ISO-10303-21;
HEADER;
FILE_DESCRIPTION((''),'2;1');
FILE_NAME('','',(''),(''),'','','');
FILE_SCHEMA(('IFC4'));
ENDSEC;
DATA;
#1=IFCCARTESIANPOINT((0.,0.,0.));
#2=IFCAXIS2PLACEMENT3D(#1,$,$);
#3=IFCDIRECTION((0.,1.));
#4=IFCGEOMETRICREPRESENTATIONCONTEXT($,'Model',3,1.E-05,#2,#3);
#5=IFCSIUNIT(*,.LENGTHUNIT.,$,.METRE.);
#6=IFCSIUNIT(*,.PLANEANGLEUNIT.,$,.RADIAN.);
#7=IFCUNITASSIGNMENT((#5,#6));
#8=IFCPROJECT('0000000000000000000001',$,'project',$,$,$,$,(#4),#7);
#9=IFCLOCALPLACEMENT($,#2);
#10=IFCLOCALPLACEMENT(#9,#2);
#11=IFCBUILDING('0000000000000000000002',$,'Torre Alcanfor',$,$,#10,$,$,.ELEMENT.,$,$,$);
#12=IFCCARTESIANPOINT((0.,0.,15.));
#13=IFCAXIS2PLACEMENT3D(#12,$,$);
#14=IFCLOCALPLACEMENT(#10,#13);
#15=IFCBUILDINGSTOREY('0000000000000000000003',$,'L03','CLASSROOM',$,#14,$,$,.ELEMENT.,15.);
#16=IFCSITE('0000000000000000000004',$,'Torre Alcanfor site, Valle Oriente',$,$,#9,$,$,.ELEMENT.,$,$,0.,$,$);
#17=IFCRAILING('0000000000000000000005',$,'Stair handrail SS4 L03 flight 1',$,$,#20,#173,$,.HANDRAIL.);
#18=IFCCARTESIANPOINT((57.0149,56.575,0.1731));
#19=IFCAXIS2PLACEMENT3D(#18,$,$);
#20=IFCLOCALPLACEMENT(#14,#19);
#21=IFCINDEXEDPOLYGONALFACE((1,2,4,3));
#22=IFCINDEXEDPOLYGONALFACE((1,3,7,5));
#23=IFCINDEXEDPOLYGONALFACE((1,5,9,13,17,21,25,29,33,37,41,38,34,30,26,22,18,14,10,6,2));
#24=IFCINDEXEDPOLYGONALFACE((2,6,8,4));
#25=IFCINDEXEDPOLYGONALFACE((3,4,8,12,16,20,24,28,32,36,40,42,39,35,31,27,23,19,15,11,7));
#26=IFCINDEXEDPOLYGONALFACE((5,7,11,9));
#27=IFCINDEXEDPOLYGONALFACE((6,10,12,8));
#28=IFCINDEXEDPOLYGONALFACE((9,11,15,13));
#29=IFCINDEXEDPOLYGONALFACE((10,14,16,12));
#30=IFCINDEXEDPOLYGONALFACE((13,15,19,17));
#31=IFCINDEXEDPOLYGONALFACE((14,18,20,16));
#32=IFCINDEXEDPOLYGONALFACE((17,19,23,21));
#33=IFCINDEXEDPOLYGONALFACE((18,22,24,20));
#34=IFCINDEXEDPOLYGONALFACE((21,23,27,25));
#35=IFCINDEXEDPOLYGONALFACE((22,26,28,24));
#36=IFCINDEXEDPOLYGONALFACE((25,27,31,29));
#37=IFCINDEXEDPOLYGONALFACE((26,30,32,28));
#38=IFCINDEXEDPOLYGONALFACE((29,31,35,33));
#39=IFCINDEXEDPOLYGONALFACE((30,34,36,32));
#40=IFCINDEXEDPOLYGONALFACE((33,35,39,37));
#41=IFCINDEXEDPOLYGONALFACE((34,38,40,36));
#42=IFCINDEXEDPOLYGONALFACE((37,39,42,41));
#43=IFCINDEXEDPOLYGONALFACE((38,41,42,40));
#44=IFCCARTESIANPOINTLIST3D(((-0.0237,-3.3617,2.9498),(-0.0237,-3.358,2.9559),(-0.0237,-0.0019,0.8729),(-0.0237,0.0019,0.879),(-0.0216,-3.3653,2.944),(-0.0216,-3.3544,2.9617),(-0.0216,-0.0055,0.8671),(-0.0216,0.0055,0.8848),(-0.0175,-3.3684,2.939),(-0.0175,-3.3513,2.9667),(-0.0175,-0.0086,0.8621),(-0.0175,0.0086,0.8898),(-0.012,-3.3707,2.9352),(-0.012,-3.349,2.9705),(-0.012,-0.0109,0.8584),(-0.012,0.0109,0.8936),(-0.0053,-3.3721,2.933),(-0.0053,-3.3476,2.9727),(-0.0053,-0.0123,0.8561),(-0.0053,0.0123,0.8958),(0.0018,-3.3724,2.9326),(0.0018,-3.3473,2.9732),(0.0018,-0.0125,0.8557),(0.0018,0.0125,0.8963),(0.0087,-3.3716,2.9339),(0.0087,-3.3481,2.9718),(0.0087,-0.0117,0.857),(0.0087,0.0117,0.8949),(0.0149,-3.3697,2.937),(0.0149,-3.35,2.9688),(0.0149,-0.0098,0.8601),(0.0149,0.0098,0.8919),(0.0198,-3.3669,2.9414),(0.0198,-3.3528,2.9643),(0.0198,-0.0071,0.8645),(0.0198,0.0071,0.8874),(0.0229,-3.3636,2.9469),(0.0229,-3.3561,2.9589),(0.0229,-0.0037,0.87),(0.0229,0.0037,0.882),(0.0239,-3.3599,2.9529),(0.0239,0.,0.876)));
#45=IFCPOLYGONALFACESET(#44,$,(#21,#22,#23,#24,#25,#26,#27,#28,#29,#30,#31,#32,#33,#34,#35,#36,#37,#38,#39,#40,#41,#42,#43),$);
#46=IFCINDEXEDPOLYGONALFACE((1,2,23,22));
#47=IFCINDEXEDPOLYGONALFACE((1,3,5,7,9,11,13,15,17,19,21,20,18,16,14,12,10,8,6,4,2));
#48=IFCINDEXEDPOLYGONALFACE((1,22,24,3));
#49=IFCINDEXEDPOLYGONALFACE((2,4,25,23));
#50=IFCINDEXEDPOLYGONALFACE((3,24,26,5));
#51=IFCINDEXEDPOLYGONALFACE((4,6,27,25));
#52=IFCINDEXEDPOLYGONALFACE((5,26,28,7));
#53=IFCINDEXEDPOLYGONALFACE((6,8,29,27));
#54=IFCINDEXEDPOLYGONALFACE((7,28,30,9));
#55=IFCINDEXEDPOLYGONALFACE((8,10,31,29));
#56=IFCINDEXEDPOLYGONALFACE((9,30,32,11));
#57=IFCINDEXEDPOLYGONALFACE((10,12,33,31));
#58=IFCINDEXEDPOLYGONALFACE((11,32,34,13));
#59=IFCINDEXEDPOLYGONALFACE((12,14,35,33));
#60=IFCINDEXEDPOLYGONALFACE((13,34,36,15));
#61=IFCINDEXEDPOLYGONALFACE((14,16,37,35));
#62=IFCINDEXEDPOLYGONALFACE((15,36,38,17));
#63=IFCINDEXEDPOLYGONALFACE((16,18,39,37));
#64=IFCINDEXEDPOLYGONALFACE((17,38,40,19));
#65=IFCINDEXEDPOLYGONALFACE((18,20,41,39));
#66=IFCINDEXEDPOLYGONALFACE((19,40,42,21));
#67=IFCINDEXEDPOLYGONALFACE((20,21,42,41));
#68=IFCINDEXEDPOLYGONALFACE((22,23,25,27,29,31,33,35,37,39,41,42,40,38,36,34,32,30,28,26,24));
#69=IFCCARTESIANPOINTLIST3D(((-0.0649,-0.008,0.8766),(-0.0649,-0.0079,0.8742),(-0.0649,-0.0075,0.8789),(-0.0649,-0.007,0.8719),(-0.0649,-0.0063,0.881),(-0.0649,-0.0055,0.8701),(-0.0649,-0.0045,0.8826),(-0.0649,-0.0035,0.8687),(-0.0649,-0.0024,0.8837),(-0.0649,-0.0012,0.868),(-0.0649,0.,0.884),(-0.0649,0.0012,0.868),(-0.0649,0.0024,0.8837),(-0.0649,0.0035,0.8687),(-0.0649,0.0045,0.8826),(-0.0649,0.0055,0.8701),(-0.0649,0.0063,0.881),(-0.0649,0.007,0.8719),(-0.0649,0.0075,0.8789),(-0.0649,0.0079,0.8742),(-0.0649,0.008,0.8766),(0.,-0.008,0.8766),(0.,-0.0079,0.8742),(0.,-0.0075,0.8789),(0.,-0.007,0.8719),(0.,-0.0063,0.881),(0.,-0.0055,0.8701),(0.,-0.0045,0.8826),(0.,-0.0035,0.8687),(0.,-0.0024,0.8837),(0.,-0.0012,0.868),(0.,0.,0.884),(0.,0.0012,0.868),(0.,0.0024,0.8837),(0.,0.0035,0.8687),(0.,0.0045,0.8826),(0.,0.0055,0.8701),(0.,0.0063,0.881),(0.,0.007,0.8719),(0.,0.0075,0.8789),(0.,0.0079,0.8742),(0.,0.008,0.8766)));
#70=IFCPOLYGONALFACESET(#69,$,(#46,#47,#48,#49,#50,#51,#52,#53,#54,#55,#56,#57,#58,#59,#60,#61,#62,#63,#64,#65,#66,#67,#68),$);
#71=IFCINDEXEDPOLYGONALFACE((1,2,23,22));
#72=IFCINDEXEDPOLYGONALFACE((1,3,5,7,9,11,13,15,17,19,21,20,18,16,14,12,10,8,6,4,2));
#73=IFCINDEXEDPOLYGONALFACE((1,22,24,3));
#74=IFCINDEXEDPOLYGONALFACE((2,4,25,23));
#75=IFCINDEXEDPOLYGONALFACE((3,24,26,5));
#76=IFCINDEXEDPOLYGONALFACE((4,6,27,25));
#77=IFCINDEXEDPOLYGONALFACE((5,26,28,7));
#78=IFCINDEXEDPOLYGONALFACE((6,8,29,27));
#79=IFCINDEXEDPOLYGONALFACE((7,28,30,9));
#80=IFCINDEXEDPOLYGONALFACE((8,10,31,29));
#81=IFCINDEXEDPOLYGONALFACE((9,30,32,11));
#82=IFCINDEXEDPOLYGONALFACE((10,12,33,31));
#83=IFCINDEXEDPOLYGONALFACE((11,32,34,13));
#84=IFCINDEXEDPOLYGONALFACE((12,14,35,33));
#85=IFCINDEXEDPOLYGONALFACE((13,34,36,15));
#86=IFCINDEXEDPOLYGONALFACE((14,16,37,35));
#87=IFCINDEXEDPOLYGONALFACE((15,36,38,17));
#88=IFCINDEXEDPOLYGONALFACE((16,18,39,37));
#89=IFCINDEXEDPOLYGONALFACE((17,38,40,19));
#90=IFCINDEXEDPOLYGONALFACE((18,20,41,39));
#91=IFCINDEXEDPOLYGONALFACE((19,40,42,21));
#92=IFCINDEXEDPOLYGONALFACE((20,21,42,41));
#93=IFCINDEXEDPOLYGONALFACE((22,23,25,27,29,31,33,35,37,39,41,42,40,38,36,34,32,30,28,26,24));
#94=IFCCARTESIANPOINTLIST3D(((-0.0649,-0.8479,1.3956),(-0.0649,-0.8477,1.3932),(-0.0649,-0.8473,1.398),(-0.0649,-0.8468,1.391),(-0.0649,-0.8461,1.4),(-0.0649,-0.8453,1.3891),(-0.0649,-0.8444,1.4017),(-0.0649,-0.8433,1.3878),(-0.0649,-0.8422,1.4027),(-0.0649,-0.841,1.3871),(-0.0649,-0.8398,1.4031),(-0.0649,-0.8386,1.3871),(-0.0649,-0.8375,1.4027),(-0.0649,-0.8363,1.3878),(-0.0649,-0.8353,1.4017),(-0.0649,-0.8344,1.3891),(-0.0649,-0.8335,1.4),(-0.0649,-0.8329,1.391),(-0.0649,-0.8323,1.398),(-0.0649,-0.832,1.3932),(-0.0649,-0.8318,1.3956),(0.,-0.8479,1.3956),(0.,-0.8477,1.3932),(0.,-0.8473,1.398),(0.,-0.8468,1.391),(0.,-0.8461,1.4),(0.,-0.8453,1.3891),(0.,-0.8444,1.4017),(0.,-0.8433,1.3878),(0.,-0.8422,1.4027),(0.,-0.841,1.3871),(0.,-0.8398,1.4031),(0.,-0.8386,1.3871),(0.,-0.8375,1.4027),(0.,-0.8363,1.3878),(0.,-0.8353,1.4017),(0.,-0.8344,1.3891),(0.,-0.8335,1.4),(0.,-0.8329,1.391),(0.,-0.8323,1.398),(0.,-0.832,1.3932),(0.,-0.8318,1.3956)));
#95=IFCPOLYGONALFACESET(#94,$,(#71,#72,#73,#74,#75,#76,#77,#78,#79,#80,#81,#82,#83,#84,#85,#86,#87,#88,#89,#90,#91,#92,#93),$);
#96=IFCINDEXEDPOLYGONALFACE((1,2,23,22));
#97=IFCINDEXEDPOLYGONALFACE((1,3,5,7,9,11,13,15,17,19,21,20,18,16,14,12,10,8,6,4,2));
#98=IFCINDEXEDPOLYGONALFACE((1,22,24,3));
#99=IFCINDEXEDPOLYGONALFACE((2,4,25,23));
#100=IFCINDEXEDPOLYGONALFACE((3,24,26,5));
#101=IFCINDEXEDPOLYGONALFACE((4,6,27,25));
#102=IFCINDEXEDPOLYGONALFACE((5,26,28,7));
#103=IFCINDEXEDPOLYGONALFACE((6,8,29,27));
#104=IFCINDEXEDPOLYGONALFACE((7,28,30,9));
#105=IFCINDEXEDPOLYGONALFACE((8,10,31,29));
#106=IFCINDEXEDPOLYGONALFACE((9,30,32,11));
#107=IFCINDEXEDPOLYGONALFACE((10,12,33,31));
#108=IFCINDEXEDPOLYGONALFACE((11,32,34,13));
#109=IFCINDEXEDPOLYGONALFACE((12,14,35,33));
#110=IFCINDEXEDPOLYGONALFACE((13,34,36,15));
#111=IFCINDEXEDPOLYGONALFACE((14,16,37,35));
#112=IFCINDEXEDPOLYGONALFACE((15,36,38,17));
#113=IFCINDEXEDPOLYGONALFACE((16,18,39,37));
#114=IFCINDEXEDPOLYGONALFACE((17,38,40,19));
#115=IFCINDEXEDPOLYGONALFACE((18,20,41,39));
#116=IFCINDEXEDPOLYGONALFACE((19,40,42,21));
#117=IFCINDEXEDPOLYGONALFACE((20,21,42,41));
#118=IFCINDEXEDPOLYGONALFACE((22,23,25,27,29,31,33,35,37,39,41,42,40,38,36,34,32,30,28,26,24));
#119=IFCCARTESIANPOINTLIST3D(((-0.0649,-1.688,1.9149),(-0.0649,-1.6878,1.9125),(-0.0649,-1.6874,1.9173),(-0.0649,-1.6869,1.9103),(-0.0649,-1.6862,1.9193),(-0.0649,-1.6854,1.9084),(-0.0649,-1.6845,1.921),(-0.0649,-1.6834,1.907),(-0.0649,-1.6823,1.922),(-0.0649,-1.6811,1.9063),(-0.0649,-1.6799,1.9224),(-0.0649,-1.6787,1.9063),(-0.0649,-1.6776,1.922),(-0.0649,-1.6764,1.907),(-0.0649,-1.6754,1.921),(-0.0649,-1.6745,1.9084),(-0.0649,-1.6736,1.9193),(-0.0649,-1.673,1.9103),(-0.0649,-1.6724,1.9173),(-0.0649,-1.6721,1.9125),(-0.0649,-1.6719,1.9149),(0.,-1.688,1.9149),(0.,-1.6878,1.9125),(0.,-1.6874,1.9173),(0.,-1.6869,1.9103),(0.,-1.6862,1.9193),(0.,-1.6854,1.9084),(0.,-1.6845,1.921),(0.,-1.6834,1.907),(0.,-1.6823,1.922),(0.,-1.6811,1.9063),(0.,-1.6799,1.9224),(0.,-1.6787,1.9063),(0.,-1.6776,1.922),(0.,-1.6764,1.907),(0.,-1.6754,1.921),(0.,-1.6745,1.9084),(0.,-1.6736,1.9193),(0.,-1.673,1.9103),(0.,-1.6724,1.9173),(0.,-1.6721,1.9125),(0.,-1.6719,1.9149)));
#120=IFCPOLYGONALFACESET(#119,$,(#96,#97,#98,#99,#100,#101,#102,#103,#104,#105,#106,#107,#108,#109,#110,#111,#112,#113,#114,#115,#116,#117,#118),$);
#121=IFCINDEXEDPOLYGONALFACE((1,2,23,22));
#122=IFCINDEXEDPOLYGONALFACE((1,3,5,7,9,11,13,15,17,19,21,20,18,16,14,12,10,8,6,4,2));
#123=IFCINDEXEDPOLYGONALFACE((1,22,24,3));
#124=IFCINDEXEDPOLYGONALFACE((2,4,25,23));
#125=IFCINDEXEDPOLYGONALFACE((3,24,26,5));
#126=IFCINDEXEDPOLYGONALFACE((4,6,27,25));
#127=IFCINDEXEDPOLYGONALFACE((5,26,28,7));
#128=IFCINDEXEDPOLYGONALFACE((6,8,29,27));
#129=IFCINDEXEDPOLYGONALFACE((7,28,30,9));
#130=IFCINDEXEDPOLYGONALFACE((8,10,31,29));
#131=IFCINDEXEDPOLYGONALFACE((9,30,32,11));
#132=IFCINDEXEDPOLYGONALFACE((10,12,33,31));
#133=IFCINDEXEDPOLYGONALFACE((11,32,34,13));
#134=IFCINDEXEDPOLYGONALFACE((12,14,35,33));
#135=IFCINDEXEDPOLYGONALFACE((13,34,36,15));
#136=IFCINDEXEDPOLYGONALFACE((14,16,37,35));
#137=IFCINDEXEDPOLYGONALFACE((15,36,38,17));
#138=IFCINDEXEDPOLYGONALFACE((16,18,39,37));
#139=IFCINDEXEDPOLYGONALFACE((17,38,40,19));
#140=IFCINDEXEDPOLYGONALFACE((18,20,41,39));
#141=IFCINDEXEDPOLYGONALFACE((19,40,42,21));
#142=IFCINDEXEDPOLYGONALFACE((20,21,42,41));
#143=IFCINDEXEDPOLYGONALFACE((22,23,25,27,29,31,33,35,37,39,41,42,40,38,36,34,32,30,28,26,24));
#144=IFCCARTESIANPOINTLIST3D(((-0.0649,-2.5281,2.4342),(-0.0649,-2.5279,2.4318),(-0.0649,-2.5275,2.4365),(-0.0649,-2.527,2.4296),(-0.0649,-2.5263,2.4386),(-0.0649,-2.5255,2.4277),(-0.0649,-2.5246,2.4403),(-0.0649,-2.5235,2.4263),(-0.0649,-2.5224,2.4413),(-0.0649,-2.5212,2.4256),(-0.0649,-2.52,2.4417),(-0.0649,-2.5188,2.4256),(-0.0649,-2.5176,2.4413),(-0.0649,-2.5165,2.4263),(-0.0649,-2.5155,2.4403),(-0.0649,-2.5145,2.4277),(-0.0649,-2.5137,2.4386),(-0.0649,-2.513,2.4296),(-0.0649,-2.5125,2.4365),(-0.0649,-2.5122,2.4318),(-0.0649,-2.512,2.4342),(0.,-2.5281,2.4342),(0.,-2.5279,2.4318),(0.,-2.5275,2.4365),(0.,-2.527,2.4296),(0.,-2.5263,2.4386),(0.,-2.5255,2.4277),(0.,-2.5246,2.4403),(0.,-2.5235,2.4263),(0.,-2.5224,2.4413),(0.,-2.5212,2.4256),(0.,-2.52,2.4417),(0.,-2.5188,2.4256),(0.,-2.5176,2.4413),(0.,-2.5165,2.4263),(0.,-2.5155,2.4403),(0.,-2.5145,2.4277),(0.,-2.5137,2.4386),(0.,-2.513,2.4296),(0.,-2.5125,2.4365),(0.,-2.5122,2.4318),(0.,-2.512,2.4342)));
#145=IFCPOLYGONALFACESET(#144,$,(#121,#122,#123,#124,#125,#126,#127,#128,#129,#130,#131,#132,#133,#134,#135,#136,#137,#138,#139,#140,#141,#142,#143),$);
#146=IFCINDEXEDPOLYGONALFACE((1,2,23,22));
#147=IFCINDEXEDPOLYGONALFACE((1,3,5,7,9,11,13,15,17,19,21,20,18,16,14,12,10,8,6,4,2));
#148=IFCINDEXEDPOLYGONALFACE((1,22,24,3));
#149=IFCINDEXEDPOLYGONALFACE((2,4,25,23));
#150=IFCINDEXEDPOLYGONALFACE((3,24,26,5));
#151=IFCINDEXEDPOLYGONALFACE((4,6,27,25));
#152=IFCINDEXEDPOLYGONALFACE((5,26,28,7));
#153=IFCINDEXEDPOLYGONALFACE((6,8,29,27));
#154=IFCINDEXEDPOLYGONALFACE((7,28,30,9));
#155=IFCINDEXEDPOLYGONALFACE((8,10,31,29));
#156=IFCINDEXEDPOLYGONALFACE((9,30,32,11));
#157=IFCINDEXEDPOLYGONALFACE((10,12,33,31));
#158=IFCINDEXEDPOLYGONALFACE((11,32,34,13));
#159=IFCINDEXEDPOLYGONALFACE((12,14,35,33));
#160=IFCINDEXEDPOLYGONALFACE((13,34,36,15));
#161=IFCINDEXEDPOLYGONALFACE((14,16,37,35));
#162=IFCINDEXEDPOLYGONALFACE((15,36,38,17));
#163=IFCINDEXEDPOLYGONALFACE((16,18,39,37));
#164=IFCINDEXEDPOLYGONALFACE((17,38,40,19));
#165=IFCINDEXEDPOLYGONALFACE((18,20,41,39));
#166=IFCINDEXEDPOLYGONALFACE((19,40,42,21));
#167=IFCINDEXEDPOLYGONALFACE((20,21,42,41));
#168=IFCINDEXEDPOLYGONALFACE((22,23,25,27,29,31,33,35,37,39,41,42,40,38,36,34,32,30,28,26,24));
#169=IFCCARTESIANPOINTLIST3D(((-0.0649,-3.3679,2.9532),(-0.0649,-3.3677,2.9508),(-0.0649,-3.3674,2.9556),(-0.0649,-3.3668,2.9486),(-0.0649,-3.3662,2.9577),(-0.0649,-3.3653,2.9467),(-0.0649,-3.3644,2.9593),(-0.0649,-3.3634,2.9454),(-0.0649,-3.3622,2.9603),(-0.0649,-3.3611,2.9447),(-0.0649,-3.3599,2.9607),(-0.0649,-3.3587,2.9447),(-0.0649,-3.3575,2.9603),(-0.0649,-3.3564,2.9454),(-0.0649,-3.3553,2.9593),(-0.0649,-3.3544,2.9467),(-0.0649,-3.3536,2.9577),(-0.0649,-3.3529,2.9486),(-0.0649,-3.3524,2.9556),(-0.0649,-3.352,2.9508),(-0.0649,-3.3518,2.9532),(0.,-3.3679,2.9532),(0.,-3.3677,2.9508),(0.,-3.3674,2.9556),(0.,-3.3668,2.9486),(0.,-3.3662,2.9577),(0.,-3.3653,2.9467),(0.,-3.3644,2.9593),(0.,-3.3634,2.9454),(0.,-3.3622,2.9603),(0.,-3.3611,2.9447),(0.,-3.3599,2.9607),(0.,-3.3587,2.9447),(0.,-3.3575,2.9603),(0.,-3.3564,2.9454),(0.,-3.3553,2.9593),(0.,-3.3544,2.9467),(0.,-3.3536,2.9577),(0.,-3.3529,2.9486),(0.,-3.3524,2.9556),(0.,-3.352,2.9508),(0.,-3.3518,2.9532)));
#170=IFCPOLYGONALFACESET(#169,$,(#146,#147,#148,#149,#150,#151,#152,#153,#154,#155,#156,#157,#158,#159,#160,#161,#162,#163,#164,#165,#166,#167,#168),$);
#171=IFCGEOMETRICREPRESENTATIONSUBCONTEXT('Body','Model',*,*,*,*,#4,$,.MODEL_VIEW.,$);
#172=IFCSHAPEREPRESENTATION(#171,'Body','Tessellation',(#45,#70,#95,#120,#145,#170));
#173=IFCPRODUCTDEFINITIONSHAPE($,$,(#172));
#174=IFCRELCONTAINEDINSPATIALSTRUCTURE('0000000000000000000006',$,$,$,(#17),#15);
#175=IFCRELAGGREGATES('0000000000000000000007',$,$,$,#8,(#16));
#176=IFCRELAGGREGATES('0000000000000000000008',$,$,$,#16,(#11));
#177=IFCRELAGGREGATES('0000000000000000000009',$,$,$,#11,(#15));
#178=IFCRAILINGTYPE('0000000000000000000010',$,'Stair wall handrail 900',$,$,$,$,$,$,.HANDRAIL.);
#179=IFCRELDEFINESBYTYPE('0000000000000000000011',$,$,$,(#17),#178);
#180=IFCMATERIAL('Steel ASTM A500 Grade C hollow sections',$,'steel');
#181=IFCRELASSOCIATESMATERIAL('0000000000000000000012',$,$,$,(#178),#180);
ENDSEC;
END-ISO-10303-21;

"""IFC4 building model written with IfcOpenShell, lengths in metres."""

from ifc_helpers import new_model, si_unit, direction, frame, origin, origin_2d, place, context, subcontext, project, spatial, circle, extrude, material, type_object, element, save


model = new_model("IFC4")

# Units and contexts
model_context = context("Model", 3, precision=1e-05, world=origin(), true_north=direction((0.0, 1.0)))
body_context = subcontext(model_context, "Body", "Model", "MODEL_VIEW")
ifc_project = project(units=[si_unit("LENGTHUNIT", "METRE"), si_unit("PLANEANGLEUNIT", "RADIAN")], contexts=[model_context])

# Site, building, storey
site_placement = place(None, origin())
site = spatial("IfcSite", under=ifc_project, at=site_placement, Name="Torre Alcanfor site, Valle Oriente", CompositionType="ELEMENT", RefElevation=0.0)
building_placement = place(site_placement, origin())
building = spatial("IfcBuilding", under=site, at=building_placement, Name="Torre Alcanfor", CompositionType="ELEMENT")
storey_placement = place(building_placement, frame((0.0, 0.0, 15.0)))
storey = spatial("IfcBuildingStorey", under=building, at=storey_placement, Name="L03", Description="CLASSROOM", CompositionType="ELEMENT", Elevation=15.0)

# Railing
ifc_material_1 = material(Name="Steel ASTM A500 Grade C hollow sections", Category="steel")
railing_type_1 = type_object("IfcRailingType", Name="Stair wall handrail 900", PredefinedType="HANDRAIL", material=ifc_material_1)
railing_1_placement = place(storey_placement, frame((57.0149, 56.575, 0.1731)))
element("IfcRailing", 1, at=railing_1_placement, inside=storey, type_object=railing_type_1, Name="Stair handrail SS4 L03 flight 1", PredefinedType="HANDRAIL", context=body_context, shape_type="SweptSolid", body=[
    extrude(circle(Radius=0.0239, at=origin_2d()), frame((0.0, 0.0, 0.876), z_axis=(0.0, -0.850606, 0.525803), x_axis=(1.0, 0.0, 0.0)), (0.0, 0.0, 1.0), 3.95),
    extrude(circle(Radius=0.0081, at=origin_2d()), frame((0.0, 0.0, 0.876), z_axis=(-1.0, 0.0, 0.0), x_axis=(0.0, 0.0, 1.0)), (0.0, 0.0, 1.0), 0.0649),
    extrude(circle(Radius=0.0081, at=origin_2d()), frame((0.0, -0.8398, 1.395), z_axis=(-1.0, 0.0, 0.0), x_axis=(0.0, 0.0, 1.0)), (0.0, 0.0, 1.0), 0.0649),
    extrude(circle(Radius=0.0081, at=origin_2d()), frame((0.0, -1.6799, 1.9143), z_axis=(-1.0, 0.0, 0.0), x_axis=(0.0, 0.0, 1.0)), (0.0, 0.0, 1.0), 0.0649),
    extrude(circle(Radius=0.0081, at=origin_2d()), frame((0.0, -2.52, 2.4336), z_axis=(-1.0, 0.0, 0.0), x_axis=(0.0, 0.0, 1.0)), (0.0, 0.0, 1.0), 0.0649),
    extrude(circle(Radius=0.0081, at=origin_2d()), frame((0.0, -3.3599, 2.9526), z_axis=(-1.0, 0.0, 0.0), x_axis=(0.0, 0.0, 1.0)), (0.0, 0.0, 1.0), 0.0649),
])

save(model, "model.ifc")
